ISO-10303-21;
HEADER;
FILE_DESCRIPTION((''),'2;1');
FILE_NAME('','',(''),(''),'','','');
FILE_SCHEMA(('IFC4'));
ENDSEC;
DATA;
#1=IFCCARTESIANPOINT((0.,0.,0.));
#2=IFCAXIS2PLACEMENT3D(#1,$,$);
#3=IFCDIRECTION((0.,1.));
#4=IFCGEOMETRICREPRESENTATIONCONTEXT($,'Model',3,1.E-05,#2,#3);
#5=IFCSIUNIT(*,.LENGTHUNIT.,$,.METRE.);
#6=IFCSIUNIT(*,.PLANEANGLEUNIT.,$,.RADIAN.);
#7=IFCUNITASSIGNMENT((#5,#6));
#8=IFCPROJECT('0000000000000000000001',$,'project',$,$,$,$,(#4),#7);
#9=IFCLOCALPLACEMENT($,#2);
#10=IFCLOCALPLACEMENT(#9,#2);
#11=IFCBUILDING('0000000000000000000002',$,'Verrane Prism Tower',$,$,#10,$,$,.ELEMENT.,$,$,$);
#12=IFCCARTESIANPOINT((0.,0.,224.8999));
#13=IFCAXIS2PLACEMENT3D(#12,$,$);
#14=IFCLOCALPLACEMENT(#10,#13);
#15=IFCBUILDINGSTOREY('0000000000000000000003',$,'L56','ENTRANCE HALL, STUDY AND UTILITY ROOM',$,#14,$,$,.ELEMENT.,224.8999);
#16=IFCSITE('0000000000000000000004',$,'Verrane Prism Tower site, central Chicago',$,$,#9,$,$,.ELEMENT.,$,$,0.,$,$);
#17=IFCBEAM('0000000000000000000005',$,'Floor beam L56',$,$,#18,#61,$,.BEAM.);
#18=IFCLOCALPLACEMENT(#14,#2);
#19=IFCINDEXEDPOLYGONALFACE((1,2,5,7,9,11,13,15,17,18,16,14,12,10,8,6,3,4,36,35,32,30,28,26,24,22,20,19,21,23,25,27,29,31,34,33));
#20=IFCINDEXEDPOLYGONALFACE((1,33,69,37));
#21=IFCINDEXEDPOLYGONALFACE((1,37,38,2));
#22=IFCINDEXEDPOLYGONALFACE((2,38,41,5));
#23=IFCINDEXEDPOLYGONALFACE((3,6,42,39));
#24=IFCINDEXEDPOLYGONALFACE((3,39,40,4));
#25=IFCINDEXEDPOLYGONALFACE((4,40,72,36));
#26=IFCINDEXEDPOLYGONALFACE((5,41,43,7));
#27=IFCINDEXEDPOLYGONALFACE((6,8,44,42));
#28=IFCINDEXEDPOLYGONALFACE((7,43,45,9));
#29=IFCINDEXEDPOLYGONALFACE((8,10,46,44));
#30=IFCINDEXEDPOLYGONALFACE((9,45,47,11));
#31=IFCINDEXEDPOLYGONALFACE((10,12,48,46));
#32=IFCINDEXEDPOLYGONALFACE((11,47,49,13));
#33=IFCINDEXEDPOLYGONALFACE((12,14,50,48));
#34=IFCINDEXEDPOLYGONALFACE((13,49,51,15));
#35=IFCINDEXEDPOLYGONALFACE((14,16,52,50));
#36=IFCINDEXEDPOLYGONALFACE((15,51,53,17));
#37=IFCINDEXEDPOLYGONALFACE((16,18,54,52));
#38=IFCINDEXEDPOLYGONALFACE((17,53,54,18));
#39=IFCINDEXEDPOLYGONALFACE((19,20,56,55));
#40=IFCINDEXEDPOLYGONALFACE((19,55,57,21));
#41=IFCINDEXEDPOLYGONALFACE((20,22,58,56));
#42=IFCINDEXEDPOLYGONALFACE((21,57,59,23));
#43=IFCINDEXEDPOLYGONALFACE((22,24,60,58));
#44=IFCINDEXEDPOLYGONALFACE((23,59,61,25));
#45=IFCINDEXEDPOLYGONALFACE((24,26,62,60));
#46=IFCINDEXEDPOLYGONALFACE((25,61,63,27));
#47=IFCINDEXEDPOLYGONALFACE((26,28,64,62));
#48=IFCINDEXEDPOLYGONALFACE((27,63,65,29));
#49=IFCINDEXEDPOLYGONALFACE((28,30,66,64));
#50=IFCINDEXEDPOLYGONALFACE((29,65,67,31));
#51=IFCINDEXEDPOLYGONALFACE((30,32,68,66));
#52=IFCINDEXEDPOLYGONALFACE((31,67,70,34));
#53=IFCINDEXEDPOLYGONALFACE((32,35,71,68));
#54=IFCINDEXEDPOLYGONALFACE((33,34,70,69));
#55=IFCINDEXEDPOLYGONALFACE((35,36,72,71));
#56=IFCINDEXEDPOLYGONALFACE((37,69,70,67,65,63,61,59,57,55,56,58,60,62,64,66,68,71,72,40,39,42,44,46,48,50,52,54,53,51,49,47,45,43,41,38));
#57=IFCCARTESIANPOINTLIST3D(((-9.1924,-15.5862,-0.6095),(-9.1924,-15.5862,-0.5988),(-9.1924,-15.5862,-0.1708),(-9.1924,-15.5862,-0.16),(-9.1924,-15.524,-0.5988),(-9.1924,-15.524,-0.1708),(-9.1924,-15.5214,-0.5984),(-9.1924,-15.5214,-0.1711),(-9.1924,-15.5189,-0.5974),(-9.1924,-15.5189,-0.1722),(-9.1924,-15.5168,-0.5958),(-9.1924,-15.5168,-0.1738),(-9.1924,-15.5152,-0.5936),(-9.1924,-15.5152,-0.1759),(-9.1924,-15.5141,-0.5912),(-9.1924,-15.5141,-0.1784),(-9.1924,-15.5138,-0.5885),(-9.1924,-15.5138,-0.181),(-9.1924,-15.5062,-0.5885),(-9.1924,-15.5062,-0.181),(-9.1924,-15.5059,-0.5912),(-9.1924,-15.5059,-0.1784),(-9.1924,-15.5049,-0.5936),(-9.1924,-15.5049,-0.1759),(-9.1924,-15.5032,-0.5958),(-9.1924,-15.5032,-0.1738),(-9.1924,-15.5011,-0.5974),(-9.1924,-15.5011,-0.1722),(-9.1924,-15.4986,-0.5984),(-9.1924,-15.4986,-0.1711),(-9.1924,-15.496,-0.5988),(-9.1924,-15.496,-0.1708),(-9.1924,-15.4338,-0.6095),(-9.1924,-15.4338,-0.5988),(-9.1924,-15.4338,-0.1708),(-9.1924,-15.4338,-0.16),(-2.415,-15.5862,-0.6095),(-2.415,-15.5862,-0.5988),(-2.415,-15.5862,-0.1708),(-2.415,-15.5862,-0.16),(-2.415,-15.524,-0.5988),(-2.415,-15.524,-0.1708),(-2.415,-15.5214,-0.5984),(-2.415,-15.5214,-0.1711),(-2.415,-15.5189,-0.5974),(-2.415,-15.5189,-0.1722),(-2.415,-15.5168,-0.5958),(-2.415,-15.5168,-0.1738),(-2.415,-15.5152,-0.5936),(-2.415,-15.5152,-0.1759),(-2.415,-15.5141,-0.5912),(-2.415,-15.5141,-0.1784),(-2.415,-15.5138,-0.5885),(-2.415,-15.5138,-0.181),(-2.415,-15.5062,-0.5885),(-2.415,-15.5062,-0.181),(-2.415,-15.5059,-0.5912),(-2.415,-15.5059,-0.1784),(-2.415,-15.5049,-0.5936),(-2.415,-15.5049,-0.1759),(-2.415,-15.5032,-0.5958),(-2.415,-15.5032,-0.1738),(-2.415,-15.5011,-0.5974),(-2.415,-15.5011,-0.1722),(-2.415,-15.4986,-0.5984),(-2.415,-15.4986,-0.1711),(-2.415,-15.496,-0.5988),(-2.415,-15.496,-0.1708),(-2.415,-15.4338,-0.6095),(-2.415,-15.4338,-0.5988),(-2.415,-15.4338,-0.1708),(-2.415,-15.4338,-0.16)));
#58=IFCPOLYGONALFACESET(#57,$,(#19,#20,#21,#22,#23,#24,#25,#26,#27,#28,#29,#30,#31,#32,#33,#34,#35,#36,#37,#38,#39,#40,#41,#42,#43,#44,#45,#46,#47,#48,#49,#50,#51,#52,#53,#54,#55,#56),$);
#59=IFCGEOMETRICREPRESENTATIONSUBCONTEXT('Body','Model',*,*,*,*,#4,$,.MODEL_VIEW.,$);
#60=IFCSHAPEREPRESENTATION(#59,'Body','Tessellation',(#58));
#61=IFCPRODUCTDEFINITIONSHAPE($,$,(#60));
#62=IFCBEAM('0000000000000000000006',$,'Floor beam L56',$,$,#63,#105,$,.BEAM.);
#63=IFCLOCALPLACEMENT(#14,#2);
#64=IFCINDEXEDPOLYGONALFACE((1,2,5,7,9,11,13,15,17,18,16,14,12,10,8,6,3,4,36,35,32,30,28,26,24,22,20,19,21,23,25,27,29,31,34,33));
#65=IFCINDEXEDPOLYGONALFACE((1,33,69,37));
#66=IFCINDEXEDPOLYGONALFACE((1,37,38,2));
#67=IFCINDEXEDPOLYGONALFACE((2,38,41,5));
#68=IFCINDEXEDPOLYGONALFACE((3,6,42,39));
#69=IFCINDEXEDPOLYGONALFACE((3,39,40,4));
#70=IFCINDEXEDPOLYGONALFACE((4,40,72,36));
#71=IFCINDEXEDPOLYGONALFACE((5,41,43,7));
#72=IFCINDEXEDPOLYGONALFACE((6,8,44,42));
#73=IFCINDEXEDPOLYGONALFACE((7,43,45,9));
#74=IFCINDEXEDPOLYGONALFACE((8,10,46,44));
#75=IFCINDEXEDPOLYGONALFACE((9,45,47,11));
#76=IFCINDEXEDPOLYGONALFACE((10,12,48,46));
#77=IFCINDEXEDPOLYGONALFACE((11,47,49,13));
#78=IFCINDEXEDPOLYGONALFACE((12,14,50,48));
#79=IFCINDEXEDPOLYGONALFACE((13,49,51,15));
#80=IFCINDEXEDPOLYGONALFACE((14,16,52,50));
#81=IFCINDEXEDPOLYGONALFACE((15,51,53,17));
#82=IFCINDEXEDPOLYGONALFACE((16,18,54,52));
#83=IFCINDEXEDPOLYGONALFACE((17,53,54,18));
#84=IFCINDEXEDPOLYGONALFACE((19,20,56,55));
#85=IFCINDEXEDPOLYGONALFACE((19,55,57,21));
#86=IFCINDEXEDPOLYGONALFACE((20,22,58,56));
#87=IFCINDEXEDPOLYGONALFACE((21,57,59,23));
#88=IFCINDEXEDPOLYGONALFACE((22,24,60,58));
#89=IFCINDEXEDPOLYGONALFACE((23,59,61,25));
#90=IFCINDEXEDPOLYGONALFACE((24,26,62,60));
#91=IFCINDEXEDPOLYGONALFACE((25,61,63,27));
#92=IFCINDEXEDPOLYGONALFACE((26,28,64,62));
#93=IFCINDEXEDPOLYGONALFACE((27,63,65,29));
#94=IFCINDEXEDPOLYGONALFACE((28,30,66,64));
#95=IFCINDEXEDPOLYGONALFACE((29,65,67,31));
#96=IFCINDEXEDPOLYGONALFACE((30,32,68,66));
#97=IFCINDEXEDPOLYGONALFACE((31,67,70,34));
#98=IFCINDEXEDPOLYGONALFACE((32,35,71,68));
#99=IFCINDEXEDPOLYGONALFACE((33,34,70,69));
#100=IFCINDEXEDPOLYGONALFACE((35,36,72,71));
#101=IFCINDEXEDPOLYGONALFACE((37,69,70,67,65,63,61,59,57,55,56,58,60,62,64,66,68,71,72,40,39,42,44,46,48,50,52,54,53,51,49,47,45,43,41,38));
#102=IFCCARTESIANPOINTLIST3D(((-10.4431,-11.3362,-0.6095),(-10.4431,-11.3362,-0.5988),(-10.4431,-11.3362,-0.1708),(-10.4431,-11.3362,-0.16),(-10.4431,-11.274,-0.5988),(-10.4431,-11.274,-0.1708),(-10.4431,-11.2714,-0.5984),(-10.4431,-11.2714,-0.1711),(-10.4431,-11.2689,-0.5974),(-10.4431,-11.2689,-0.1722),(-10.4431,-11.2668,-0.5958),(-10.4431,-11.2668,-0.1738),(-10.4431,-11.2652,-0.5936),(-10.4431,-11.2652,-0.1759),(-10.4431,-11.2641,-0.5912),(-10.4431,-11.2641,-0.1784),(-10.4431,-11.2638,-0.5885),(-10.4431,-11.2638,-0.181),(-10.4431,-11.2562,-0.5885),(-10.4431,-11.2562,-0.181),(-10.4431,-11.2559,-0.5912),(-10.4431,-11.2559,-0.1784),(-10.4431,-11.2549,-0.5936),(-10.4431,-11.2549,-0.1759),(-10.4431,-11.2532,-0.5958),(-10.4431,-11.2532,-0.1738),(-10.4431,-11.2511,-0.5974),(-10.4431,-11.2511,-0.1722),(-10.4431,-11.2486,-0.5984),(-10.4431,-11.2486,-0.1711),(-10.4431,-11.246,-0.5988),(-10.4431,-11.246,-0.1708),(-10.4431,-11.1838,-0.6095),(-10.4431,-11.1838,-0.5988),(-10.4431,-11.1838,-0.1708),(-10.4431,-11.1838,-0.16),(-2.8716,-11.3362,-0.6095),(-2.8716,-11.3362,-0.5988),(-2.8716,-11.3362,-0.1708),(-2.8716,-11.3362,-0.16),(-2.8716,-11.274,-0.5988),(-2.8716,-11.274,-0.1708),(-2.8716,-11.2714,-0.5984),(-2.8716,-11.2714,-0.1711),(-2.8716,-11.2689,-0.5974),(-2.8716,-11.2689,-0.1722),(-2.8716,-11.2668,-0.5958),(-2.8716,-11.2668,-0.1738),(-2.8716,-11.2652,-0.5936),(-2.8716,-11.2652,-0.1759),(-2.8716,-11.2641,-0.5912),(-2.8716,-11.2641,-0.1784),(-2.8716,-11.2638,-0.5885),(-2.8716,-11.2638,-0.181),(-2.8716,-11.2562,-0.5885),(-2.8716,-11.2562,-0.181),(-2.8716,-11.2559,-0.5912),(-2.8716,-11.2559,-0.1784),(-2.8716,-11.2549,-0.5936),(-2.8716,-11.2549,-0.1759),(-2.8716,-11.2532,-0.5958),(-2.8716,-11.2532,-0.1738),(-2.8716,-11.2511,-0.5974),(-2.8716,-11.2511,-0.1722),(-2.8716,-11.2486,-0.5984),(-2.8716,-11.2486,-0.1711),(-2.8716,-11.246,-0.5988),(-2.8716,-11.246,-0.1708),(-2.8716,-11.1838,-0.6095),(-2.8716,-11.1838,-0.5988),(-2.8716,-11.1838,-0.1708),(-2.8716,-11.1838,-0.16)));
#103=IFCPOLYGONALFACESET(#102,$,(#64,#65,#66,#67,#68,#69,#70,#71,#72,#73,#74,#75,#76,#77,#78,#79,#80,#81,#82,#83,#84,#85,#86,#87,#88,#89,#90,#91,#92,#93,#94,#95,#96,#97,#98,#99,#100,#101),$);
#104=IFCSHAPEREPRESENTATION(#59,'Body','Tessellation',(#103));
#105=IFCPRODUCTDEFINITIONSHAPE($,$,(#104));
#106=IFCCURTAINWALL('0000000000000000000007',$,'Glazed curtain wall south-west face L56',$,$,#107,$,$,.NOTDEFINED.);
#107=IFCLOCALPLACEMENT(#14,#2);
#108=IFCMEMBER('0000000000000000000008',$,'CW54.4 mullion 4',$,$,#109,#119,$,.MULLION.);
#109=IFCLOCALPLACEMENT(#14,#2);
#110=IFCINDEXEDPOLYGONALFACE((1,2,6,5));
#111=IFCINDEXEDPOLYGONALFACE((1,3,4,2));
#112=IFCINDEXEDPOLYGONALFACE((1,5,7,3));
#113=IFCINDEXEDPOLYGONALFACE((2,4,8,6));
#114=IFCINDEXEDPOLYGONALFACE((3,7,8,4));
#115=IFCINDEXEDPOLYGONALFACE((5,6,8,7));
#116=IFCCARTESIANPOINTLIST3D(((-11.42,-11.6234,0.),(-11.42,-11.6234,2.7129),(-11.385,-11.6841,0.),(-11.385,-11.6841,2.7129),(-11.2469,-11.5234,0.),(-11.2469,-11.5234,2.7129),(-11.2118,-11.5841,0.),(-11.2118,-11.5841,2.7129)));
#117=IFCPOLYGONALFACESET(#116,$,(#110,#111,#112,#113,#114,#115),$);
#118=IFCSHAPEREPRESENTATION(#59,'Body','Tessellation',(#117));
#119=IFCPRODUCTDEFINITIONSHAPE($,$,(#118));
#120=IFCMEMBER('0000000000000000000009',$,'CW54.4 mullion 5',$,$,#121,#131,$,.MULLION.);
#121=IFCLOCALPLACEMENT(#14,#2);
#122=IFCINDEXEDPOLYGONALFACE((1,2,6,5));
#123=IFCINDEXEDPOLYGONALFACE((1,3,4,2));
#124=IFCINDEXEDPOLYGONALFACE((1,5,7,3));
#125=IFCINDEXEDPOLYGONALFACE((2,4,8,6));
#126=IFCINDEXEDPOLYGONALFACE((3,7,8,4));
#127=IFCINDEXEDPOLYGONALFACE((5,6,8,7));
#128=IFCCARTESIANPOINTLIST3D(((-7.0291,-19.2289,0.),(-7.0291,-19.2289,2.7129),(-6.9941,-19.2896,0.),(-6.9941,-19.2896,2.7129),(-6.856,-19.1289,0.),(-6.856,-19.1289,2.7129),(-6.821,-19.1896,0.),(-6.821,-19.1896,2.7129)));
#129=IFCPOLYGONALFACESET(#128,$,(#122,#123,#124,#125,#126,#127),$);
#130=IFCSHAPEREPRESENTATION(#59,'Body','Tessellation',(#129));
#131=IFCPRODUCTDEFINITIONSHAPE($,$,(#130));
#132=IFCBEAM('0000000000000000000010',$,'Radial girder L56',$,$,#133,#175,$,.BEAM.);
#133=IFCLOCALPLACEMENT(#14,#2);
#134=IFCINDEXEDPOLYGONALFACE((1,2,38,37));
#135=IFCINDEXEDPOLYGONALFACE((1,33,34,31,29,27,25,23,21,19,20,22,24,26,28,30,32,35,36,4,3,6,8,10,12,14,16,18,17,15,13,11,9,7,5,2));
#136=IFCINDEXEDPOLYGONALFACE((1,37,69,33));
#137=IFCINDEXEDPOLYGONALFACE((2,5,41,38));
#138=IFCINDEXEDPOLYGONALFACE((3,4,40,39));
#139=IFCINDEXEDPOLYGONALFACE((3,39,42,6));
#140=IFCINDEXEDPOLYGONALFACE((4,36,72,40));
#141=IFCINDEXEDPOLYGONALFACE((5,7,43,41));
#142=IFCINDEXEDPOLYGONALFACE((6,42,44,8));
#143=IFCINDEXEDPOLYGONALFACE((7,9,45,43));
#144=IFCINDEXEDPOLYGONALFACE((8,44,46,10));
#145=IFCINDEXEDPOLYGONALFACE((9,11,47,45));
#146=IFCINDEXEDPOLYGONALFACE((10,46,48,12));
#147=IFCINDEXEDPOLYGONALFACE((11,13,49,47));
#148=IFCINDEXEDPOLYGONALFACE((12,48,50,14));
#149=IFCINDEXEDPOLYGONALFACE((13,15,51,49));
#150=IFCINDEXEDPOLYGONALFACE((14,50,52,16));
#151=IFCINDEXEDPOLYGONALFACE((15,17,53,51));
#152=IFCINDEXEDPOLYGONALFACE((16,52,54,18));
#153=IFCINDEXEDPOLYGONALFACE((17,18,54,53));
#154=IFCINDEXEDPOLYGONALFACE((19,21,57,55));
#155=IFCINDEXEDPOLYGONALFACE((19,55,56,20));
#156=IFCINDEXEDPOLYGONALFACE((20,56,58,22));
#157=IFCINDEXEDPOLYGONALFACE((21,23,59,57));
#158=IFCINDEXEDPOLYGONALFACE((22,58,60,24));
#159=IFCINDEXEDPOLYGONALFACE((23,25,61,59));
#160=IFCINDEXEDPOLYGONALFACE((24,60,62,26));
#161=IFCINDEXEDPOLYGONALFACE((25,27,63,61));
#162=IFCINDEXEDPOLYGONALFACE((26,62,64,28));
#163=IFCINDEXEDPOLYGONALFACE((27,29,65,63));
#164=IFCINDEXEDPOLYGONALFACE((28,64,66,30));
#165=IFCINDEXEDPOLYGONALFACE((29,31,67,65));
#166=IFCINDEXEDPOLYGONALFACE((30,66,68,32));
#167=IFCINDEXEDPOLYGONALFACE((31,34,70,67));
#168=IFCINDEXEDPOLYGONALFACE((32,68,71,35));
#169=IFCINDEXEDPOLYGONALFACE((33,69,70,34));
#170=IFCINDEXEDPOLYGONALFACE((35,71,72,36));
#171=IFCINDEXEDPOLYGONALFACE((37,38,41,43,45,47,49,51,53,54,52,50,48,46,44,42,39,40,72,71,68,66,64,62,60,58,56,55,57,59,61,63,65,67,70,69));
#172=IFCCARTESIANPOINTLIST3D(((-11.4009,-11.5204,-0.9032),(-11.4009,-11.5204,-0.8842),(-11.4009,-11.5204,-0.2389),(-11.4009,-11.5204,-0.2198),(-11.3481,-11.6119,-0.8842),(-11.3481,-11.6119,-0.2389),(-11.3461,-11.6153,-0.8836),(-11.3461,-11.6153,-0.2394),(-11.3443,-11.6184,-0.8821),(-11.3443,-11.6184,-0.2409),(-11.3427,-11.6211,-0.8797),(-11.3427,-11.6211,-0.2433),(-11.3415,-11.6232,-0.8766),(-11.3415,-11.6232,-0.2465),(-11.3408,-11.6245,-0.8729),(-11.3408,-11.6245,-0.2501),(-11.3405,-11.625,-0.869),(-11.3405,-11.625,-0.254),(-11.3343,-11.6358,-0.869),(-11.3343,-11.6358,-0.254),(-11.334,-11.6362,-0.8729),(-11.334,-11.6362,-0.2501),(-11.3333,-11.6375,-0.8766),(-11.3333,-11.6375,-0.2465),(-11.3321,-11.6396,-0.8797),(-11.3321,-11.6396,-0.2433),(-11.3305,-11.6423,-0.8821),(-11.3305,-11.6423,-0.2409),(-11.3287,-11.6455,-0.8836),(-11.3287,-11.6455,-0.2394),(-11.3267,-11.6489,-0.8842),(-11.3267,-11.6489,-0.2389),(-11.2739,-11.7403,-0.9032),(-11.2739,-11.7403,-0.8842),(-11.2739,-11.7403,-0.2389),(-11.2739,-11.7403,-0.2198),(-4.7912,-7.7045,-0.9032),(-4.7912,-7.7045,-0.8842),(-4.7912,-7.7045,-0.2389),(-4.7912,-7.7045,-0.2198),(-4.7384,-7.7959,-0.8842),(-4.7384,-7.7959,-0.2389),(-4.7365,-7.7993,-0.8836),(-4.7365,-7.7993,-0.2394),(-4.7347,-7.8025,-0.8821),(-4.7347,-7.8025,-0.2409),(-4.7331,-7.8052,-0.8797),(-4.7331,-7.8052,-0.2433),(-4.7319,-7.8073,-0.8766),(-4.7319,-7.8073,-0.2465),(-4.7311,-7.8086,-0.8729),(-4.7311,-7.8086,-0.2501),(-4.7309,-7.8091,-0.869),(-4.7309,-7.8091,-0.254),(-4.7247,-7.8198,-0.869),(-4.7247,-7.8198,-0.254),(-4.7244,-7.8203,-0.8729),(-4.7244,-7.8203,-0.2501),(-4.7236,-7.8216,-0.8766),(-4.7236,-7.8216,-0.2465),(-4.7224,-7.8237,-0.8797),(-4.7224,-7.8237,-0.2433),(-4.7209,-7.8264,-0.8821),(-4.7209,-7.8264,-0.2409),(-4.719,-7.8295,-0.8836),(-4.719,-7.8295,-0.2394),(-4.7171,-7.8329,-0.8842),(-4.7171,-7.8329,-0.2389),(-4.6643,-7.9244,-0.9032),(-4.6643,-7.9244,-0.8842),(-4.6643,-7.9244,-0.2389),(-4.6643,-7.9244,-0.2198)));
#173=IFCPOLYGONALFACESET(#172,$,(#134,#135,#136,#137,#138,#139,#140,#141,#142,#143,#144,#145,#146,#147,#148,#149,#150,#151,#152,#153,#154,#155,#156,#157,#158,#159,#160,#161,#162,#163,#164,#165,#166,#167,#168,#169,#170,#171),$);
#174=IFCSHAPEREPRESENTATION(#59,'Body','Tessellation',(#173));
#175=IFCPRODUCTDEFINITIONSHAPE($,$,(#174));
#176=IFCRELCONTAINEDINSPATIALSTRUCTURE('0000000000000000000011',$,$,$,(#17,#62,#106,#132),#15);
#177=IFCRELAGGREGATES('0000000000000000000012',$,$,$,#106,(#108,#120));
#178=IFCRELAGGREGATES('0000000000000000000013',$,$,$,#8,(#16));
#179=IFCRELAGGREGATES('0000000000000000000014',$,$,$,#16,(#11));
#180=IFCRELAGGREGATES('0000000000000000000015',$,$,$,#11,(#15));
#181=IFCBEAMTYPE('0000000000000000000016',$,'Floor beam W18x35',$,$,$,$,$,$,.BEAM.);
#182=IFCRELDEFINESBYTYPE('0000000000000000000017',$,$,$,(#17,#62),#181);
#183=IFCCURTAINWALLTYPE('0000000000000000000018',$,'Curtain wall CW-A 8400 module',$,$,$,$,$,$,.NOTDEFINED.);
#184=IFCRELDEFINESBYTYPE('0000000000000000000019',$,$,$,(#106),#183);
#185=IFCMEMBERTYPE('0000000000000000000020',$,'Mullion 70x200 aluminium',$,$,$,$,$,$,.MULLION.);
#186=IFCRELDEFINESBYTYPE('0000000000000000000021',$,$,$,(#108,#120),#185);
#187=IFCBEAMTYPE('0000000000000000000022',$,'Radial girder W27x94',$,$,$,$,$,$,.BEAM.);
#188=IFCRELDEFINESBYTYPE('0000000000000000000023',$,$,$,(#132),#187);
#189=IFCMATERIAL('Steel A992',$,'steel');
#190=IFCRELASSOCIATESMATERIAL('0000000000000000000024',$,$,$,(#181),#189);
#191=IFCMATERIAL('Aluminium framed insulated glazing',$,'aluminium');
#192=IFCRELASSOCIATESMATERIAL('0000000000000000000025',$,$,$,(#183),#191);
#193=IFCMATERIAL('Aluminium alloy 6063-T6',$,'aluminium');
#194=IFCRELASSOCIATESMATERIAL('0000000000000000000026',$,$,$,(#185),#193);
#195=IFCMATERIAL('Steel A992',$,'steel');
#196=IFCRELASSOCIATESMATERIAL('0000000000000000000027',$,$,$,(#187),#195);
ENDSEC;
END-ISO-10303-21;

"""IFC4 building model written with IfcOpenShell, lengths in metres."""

from ifc_helpers import new_model, si_unit, direction, frame, origin, origin_2d, place, context, subcontext, project, spatial, rectangle, i_section, extrude, material, material_profile, profile_set, type_object, element, aggregate, save


model = new_model("IFC4")

# Units and contexts
model_context = context("Model", 3, precision=1e-05, world=origin(), true_north=direction((0.0, 1.0)))
body_context = subcontext(model_context, "Body", "Model", "MODEL_VIEW")
ifc_project = project(units=[si_unit("LENGTHUNIT", "METRE"), si_unit("PLANEANGLEUNIT", "RADIAN")], contexts=[model_context])

# Site, building, storey
site_placement = place(None, origin())
site = spatial("IfcSite", under=ifc_project, at=site_placement, Name="Verrane Prism Tower site, central Chicago", CompositionType="ELEMENT", RefElevation=0.0)
building_placement = place(site_placement, origin())
building = spatial("IfcBuilding", under=site, at=building_placement, Name="Verrane Prism Tower", CompositionType="ELEMENT")
storey_placement = place(building_placement, frame((0.0, 0.0, 224.8999)))
storey = spatial("IfcBuildingStorey", under=building, at=storey_placement, Name="L56", Description="ENTRANCE HALL, STUDY AND UTILITY ROOM", CompositionType="ELEMENT", Elevation=224.8999)

# Beams
ifc_material_1 = material(Name="Steel A992", Category="steel")
ifc_material_profile_1 = material_profile(ifc_material_1, i_section(OverallWidth=0.1523, OverallDepth=0.4495, WebThickness=0.0076, FlangeThickness=0.0107, FilletRadius=0.0103, at=origin_2d()), Name="W18x35")
ifc_profile_set_1 = profile_set([ifc_material_profile_1], Name="Steel A992")
beam_type_1 = type_object("IfcBeamType", Name="Floor beam W18x35", PredefinedType="BEAM", material=ifc_profile_set_1)
beam_1_placement = place(storey_placement, frame((-9.1924, -15.51, -0.3848), z_axis=(1.0, 0.0, 0.0), x_axis=(0.0, 1.0, 0.0)))
element("IfcBeam", 1, at=beam_1_placement, inside=storey, type_object=beam_type_1, Name="Floor beam L56", PredefinedType="BEAM", context=body_context, shape_type="SweptSolid", body=[
    extrude(i_section(OverallWidth=0.1523, OverallDepth=0.4495, WebThickness=0.0076, FlangeThickness=0.0107, FilletRadius=0.0103, at=origin_2d()), origin(), (0.0, 0.0, 1.0), 6.7773),
])
beam_2_placement = place(storey_placement, frame((-10.4431, -11.26, -0.3848), z_axis=(1.0, 0.0, 0.0), x_axis=(0.0, 1.0, 0.0)))
element("IfcBeam", 2, at=beam_2_placement, inside=storey, type_object=beam_type_1, Name="Floor beam L56", PredefinedType="BEAM", context=body_context, shape_type="SweptSolid", body=[
    extrude(i_section(OverallWidth=0.1523, OverallDepth=0.4495, WebThickness=0.0076, FlangeThickness=0.0107, FilletRadius=0.0103, at=origin_2d()), origin(), (0.0, 0.0, 1.0), 7.5715),
])

# Curtain wall, members
ifc_material_2 = material(Name="Aluminium framed insulated glazing", Category="aluminium")
curtain_wall_type = type_object("IfcCurtainWallType", Name="Curtain wall CW-A 8400 module", PredefinedType="NOTDEFINED", material=ifc_material_2)
curtain_wall_placement = place(storey_placement, origin())
curtain_wall = element("IfcCurtainWall", 3, at=curtain_wall_placement, inside=storey, type_object=curtain_wall_type, Name="Glazed curtain wall south-west face L56", PredefinedType="NOTDEFINED")
ifc_material_3 = material(Name="Aluminium alloy 6063-T6", Category="aluminium")
ifc_material_profile_2 = material_profile(ifc_material_3, rectangle(XDim=0.2, YDim=0.0701, at=origin_2d()), Name="Mullion 70x200 aluminium")
ifc_profile_set_2 = profile_set([ifc_material_profile_2], Name="Aluminium alloy 6063-T6")
member_type_1 = type_object("IfcMemberType", Name="Mullion 70x200 aluminium", PredefinedType="MULLION", material=ifc_profile_set_2)
member_1_placement = place(storey_placement, frame((-11.3159, -11.6038, 0.0), z_axis=(0.0, 0.0, 1.0), x_axis=(0.866025, 0.500001, 0.0)))
member_1 = element("IfcMember", 4, at=member_1_placement, type_object=member_type_1, Name="CW54.4 mullion 4", PredefinedType="MULLION", context=body_context, shape_type="SweptSolid", body=[
    extrude(rectangle(XDim=0.2, YDim=0.0701, at=origin_2d()), origin(), (0.0, 0.0, 1.0), 2.7129),
])
member_2_placement = place(storey_placement, frame((-6.925, -19.2092, 0.0), z_axis=(0.0, 0.0, 1.0), x_axis=(0.866025, 0.500001, 0.0)))
member_2 = element("IfcMember", 5, at=member_2_placement, type_object=member_type_1, Name="CW54.4 mullion 5", PredefinedType="MULLION", context=body_context, shape_type="SweptSolid", body=[
    extrude(rectangle(XDim=0.2, YDim=0.0701, at=origin_2d()), origin(), (0.0, 0.0, 1.0), 2.7129),
])

# Beam
ifc_material_4 = material(Name="Steel A992", Category="steel")
ifc_material_profile_3 = material_profile(ifc_material_4, i_section(OverallWidth=0.2539, OverallDepth=0.6833, WebThickness=0.0125, FlangeThickness=0.019, FilletRadius=0.0151, at=origin_2d()), Name="W27x94")
ifc_profile_set_3 = profile_set([ifc_material_profile_3], Name="Steel A992")
beam_type_2 = type_object("IfcBeamType", Name="Radial girder W27x94", PredefinedType="BEAM", material=ifc_profile_set_3)
beam_3_placement = place(storey_placement, frame((-11.3374, -11.6304, -0.5615), z_axis=(0.866034, 0.499986, 0.0), x_axis=(-0.499986, 0.866034, 0.0)))
element("IfcBeam", 6, at=beam_3_placement, inside=storey, type_object=beam_type_2, Name="Radial girder L56", PredefinedType="BEAM", context=body_context, shape_type="SweptSolid", body=[
    extrude(i_section(OverallWidth=0.2539, OverallDepth=0.6833, WebThickness=0.0125, FlangeThickness=0.019, FilletRadius=0.0151, at=origin_2d()), origin(), (0.0, 0.0, 1.0), 7.6321),
])

aggregate(curtain_wall, [member_1, member_2])

save(model, "model.ifc")
